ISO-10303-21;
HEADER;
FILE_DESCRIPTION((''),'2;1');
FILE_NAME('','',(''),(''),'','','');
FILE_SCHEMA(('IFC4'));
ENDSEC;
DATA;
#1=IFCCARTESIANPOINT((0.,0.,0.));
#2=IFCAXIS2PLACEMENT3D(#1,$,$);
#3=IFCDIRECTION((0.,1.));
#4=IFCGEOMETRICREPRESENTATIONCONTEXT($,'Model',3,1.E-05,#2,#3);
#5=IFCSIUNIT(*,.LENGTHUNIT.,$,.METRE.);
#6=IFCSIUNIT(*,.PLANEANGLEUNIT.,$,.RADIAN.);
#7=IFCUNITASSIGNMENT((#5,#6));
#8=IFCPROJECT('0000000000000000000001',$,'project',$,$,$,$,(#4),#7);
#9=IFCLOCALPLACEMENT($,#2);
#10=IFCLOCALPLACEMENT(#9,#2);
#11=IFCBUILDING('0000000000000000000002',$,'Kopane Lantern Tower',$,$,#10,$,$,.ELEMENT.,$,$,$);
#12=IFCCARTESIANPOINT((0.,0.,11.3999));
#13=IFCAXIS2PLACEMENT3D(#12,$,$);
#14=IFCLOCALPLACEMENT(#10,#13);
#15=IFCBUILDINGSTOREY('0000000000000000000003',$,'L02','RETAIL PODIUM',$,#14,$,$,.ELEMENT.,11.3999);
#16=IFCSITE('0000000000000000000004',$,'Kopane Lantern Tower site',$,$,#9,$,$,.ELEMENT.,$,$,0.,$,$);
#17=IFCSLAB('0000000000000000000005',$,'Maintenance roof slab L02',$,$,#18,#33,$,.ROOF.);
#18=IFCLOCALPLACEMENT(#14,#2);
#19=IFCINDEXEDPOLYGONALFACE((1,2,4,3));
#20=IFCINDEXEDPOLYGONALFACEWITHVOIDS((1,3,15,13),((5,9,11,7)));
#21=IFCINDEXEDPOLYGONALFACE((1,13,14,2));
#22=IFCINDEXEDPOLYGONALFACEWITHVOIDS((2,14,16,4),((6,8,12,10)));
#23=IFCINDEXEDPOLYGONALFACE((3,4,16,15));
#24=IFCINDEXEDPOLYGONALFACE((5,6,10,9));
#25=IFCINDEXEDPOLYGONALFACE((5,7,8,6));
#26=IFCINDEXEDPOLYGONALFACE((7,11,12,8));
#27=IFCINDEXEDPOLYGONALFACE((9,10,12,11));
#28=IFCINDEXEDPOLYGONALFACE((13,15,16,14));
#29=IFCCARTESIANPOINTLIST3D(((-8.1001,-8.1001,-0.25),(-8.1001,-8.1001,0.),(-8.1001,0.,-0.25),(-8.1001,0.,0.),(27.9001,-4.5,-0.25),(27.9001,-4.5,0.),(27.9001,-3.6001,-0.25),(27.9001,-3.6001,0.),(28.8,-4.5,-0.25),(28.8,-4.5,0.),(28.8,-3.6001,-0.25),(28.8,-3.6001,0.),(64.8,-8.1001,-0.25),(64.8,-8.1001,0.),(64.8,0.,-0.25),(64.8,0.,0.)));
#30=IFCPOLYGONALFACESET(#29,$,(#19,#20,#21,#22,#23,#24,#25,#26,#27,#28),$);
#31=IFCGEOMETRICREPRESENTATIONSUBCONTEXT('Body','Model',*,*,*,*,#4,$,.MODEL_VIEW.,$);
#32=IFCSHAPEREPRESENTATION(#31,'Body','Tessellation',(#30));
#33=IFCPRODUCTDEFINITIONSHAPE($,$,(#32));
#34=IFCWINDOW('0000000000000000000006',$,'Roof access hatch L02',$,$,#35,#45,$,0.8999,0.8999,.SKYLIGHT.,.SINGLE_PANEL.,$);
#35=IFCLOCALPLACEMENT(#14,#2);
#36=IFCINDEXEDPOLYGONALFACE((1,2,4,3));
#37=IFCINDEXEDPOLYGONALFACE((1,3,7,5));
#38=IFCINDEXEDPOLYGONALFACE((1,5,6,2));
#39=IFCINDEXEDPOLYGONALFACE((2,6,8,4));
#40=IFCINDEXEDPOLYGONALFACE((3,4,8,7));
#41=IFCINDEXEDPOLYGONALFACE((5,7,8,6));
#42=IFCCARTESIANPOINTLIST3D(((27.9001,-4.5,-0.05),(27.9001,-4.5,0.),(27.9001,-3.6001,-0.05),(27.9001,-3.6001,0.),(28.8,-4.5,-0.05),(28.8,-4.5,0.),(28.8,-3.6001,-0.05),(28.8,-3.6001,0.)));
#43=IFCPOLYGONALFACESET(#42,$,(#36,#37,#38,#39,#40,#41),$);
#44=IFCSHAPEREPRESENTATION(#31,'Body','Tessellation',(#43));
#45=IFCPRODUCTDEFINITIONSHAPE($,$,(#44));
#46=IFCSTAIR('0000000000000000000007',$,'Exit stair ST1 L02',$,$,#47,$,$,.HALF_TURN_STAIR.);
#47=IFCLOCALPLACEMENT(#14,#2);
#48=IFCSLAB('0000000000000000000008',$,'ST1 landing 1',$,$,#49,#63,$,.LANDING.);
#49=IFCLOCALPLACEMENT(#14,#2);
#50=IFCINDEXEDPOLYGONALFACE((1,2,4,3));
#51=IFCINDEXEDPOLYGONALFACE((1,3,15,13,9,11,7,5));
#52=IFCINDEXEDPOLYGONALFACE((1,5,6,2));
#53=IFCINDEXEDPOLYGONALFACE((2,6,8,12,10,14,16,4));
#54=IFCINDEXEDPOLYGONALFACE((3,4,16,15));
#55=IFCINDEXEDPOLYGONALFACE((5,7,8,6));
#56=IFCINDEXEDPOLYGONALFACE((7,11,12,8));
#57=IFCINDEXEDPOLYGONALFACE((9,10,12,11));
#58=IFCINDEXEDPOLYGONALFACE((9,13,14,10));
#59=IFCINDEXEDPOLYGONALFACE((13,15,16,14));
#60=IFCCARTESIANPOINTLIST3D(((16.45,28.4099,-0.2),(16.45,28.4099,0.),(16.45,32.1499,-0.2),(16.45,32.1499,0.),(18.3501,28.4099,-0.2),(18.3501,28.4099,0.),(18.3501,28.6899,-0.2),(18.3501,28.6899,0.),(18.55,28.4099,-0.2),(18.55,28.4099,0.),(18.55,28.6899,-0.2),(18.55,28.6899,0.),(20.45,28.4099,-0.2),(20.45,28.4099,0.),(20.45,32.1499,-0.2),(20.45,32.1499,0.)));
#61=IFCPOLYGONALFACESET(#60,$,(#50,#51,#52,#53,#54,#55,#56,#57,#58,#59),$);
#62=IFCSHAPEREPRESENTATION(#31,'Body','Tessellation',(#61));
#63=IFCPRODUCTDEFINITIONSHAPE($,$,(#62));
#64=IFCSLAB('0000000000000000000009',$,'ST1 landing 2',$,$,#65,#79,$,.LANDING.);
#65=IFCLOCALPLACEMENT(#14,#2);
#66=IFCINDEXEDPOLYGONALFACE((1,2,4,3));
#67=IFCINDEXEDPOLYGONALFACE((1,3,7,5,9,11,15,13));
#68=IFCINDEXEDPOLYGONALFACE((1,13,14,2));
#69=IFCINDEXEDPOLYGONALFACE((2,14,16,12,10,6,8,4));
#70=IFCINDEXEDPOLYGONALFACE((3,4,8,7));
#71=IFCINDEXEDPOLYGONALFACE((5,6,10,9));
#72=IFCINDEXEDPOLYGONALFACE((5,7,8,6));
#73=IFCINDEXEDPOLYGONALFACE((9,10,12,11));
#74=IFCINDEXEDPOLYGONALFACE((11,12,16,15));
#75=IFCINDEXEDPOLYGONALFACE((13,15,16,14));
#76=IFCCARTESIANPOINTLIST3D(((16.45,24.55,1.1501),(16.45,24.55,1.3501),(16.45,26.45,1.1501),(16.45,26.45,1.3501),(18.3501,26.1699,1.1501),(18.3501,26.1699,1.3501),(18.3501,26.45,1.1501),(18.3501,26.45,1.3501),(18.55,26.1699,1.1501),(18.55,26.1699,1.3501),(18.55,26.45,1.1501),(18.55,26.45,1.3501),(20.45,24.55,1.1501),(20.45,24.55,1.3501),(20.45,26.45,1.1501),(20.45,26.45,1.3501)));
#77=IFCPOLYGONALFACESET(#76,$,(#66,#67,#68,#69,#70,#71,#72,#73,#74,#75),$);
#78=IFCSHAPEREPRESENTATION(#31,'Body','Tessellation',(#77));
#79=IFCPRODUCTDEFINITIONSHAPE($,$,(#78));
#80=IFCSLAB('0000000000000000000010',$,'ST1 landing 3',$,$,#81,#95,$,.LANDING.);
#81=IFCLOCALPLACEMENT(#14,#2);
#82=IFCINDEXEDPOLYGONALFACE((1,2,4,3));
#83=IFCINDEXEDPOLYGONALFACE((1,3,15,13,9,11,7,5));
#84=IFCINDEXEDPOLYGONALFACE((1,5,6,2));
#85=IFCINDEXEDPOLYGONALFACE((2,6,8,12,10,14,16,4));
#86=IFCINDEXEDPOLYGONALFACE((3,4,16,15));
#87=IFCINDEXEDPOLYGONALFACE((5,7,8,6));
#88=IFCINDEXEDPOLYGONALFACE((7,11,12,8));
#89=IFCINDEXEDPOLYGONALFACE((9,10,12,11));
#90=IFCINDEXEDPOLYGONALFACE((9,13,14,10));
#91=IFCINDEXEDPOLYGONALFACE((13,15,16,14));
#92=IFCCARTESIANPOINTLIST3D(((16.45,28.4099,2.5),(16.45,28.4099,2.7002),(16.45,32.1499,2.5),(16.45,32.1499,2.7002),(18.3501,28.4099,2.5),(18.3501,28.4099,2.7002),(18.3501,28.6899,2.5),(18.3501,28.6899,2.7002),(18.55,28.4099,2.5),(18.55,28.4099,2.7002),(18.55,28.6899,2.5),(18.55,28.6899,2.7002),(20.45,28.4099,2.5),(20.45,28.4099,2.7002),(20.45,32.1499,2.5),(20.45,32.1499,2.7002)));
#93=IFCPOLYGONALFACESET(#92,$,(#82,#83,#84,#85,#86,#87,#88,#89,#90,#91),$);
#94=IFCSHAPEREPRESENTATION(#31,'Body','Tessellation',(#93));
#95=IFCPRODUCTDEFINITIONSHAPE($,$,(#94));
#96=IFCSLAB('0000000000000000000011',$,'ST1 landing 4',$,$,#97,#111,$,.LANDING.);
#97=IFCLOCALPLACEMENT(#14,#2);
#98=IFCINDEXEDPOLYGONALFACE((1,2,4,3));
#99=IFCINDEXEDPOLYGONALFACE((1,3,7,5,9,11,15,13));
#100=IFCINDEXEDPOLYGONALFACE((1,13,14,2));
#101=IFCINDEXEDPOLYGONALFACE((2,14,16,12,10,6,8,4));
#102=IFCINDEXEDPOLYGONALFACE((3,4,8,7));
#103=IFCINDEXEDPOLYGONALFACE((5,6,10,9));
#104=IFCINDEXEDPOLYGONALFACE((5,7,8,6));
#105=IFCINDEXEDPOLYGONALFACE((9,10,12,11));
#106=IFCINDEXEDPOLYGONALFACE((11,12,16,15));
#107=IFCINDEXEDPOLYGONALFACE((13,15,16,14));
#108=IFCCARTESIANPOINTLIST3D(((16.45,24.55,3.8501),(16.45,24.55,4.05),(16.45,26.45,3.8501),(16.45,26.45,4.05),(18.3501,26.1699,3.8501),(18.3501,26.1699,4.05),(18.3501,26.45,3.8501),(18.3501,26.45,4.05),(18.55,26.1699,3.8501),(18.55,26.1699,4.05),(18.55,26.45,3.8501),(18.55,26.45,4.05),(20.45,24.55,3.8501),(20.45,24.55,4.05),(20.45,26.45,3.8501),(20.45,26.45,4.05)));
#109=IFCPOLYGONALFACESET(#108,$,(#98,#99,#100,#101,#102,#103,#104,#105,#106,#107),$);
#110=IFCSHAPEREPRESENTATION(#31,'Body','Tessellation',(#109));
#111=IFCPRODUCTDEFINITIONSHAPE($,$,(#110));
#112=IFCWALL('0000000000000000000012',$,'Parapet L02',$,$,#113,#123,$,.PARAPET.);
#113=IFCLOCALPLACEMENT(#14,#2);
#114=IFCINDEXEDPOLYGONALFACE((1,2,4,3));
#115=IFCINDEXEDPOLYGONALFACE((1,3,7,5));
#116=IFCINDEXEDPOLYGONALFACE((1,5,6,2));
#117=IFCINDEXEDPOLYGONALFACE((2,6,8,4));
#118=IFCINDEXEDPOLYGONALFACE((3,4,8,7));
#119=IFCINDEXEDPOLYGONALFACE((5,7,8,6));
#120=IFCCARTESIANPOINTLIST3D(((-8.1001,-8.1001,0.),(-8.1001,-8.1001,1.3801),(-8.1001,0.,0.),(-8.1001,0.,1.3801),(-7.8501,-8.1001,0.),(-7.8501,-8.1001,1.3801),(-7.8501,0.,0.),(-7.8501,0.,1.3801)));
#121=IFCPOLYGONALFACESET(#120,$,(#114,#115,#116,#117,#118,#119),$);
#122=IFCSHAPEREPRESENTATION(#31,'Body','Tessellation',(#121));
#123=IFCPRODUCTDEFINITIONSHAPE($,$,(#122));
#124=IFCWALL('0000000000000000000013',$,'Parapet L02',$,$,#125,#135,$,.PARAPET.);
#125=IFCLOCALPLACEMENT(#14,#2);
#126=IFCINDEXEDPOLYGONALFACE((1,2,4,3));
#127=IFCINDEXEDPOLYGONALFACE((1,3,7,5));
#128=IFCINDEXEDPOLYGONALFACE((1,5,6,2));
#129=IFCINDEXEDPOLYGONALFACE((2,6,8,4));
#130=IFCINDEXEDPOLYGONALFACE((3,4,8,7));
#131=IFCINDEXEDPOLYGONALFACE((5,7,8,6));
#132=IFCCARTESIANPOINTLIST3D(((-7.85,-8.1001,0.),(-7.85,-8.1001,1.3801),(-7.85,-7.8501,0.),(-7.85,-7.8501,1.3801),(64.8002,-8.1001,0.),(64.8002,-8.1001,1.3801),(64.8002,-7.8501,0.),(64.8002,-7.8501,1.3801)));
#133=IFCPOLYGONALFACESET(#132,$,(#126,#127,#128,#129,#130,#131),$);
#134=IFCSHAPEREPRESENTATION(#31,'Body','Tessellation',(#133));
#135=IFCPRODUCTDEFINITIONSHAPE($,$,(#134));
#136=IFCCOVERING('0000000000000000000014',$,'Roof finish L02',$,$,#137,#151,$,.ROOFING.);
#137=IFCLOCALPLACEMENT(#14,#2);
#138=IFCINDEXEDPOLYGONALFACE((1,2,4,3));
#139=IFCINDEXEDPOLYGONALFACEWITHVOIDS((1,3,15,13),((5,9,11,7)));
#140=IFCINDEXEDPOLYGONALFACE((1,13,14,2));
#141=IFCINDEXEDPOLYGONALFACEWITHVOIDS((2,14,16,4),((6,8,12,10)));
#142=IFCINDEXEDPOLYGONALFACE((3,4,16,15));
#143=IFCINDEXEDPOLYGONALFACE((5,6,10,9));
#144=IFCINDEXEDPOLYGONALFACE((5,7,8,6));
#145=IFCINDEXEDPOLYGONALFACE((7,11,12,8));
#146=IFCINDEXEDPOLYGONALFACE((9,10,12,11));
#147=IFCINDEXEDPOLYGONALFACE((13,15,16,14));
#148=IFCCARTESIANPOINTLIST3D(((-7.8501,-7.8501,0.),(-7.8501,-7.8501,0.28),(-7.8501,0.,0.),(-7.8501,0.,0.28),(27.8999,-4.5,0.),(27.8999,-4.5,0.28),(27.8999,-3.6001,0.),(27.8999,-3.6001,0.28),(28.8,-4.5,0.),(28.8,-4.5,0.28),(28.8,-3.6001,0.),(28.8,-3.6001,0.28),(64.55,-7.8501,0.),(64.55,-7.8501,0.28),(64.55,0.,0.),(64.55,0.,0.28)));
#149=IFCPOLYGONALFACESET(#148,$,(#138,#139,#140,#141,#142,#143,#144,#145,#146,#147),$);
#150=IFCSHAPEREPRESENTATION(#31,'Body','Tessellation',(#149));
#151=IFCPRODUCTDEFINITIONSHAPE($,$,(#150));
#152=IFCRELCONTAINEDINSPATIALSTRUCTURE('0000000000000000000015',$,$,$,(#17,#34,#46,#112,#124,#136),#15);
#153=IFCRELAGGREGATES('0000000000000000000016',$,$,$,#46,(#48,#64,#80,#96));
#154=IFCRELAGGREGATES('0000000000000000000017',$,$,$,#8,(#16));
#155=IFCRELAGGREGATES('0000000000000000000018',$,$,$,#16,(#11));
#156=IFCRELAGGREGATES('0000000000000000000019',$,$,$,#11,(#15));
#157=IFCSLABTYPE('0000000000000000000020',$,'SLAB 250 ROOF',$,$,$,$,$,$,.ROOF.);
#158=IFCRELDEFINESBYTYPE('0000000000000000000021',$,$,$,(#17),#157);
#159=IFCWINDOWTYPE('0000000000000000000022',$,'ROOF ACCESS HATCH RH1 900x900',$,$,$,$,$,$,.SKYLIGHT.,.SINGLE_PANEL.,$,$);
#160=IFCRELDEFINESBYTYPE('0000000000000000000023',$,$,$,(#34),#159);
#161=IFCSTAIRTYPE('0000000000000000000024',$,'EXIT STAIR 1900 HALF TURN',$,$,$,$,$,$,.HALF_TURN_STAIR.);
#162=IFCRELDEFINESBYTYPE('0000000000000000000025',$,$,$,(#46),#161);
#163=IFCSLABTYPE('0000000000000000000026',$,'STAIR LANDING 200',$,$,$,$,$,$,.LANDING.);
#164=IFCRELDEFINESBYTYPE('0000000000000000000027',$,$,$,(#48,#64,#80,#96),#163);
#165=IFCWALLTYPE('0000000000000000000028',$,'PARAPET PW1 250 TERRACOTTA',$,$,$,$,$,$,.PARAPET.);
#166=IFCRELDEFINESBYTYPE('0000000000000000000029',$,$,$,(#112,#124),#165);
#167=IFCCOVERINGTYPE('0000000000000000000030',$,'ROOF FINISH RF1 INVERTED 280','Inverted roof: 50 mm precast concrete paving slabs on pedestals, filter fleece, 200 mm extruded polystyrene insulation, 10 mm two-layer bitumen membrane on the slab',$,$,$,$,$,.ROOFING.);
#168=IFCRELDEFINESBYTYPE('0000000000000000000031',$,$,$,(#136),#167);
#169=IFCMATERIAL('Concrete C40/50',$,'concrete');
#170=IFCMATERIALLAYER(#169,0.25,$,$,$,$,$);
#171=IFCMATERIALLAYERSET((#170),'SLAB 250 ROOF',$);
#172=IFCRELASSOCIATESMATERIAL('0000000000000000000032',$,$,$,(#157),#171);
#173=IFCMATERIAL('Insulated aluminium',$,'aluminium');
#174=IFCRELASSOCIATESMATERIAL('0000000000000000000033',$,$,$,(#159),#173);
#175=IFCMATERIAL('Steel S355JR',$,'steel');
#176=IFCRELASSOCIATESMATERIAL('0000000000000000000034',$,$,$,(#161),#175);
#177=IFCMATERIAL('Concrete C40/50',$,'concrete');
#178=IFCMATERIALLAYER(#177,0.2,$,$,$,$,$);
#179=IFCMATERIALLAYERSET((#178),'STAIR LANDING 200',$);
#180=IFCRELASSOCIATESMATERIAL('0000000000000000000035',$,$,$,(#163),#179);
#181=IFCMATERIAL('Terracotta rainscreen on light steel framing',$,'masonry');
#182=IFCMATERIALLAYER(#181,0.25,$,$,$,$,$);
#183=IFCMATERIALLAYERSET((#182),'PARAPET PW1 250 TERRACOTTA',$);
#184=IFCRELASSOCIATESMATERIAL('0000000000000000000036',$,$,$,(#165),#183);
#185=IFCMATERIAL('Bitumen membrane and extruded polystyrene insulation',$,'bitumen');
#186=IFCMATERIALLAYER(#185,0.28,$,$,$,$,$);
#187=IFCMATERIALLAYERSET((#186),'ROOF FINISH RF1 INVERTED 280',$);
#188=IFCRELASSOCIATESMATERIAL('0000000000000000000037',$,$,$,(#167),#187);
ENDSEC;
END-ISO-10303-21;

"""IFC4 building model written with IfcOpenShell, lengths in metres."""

from ifc_helpers import new_model, si_unit, direction, frame, frame_2d, origin, origin_2d, place, context, subcontext, project, spatial, polyline, rectangle, outline, extrude, material, layer, layer_set, type_object, element, fill, aggregate, save


model = new_model("IFC4")

# Units and contexts
model_context = context("Model", 3, precision=1e-05, world=origin(), true_north=direction((0.0, 1.0)))
body_context = subcontext(model_context, "Body", "Model", "MODEL_VIEW")
ifc_project = project(units=[si_unit("LENGTHUNIT", "METRE"), si_unit("PLANEANGLEUNIT", "RADIAN")], contexts=[model_context])

# Site, building, storey
site_placement = place(None, origin())
site = spatial("IfcSite", under=ifc_project, at=site_placement, Name="Kopane Lantern Tower site", CompositionType="ELEMENT", RefElevation=0.0)
building_placement = place(site_placement, origin())
building = spatial("IfcBuilding", under=site, at=building_placement, Name="Kopane Lantern Tower", CompositionType="ELEMENT")
storey_placement = place(building_placement, frame((0.0, 0.0, 11.3999)))
storey = spatial("IfcBuildingStorey", under=building, at=storey_placement, Name="L02", Description="RETAIL PODIUM", CompositionType="ELEMENT", Elevation=11.3999)

# Slab, opening, window
ifc_material_1 = material(Name="Concrete C40/50", Category="concrete")
ifc_layer_1 = layer(ifc_material_1, 0.25)
ifc_layer_set_1 = layer_set([ifc_layer_1], Name="SLAB 250 ROOF")
slab_type_1 = type_object("IfcSlabType", Name="SLAB 250 ROOF", PredefinedType="ROOF", material=ifc_layer_set_1)
slab_1_placement = place(storey_placement, frame((0.0, 0.0, -0.25)))
slab_1 = element("IfcSlab", 1, at=slab_1_placement, inside=storey, type_object=slab_type_1, Name="Maintenance roof slab L02", PredefinedType="ROOF", context=body_context, shape_type="SweptSolid", body=[
    extrude(outline(polyline([(64.8, -8.1001), (-8.1001, -8.1001), (-8.1001, 0.0), (64.8, 0.0), (64.8, -8.1001)])), origin(), (0.0, 0.0, 1.0), 0.25),
])
opening_placement = place(slab_1_placement, frame((28.3501, -4.05, 0.0)))
opening = element("IfcOpeningElement", 2, at=opening_placement, cuts=slab_1, PredefinedType="OPENING", context=body_context, shape_type="SweptSolid", body=[
    extrude(rectangle(XDim=0.8999, YDim=0.8999, at=origin_2d()), origin(), (0.0, 0.0, 1.0), 0.25),
])
ifc_material_2 = material(Name="Insulated aluminium", Category="aluminium")
window_type = type_object("IfcWindowType", Name="ROOF ACCESS HATCH RH1 900x900", PartitioningType="SINGLE_PANEL", PredefinedType="SKYLIGHT", material=ifc_material_2)
window_placement = place(opening_placement, frame((0.0, 0.0, 0.2)))
window = element("IfcWindow", 3, at=window_placement, inside=storey, type_object=window_type, Name="Roof access hatch L02", OverallHeight=0.8999, OverallWidth=0.8999, PartitioningType="SINGLE_PANEL", PredefinedType="SKYLIGHT", context=body_context, shape_type="SweptSolid", body=[
    extrude(rectangle(XDim=0.8999, YDim=0.8999, at=origin_2d()), origin(), (0.0, 0.0, 1.0), 0.05),
])
fill(opening, window)

# Stair, slabs
ifc_material_3 = material(Name="Steel S355JR", Category="steel")
stair_type = type_object("IfcStairType", Name="EXIT STAIR 1900 HALF TURN", PredefinedType="HALF_TURN_STAIR", material=ifc_material_3)
stair_placement = place(storey_placement, origin())
stair = element("IfcStair", 4, at=stair_placement, inside=storey, type_object=stair_type, Name="Exit stair ST1 L02", PredefinedType="HALF_TURN_STAIR")
ifc_material_4 = material(Name="Concrete C40/50", Category="concrete")
ifc_layer_2 = layer(ifc_material_4, 0.2)
ifc_layer_set_2 = layer_set([ifc_layer_2], Name="STAIR LANDING 200")
slab_type_2 = type_object("IfcSlabType", Name="STAIR LANDING 200", PredefinedType="LANDING", material=ifc_layer_set_2)
slab_2_placement = place(storey_placement, frame((0.0, 0.0, -0.2)))
slab_2 = element("IfcSlab", 5, at=slab_2_placement, type_object=slab_type_2, Name="ST1 landing 1", PredefinedType="LANDING", context=body_context, shape_type="SweptSolid", body=[
    extrude(outline(polyline([(18.3501, 28.6899), (18.55, 28.6899), (18.55, 28.4099), (20.45, 28.4099), (20.45, 32.1499), (16.45, 32.1499), (16.45, 28.4099), (18.3501, 28.4099), (18.3501, 28.6899)])), origin(), (0.0, 0.0, 1.0), 0.2),
])
slab_3_placement = place(storey_placement, frame((0.0, 0.0, 1.1501)))
slab_3 = element("IfcSlab", 6, at=slab_3_placement, type_object=slab_type_2, Name="ST1 landing 2", PredefinedType="LANDING", context=body_context, shape_type="SweptSolid", body=[
    extrude(outline(polyline([(20.45, 26.45), (18.55, 26.45), (18.55, 26.1699), (18.3501, 26.1699), (18.3501, 26.45), (16.45, 26.45), (16.45, 24.55), (20.45, 24.55), (20.45, 26.45)])), origin(), (0.0, 0.0, 1.0), 0.2),
])
slab_4_placement = place(storey_placement, frame((0.0, 0.0, 2.5)))
slab_4 = element("IfcSlab", 7, at=slab_4_placement, type_object=slab_type_2, Name="ST1 landing 3", PredefinedType="LANDING", context=body_context, shape_type="SweptSolid", body=[
    extrude(outline(polyline([(18.3501, 28.6899), (18.55, 28.6899), (18.55, 28.4099), (20.45, 28.4099), (20.45, 32.1499), (16.45, 32.1499), (16.45, 28.4099), (18.3501, 28.4099), (18.3501, 28.6899)])), origin(), (0.0, 0.0, 1.0), 0.2002),
])
slab_5_placement = place(storey_placement, frame((0.0, 0.0, 3.8501)))
slab_5 = element("IfcSlab", 8, at=slab_5_placement, type_object=slab_type_2, Name="ST1 landing 4", PredefinedType="LANDING", context=body_context, shape_type="SweptSolid", body=[
    extrude(outline(polyline([(20.45, 26.45), (18.55, 26.45), (18.55, 26.1699), (18.3501, 26.1699), (18.3501, 26.45), (16.45, 26.45), (16.45, 24.55), (20.45, 24.55), (20.45, 26.45)])), origin(), (0.0, 0.0, 1.0), 0.2),
])
aggregate(stair, [slab_2, slab_3, slab_4, slab_5])

# Walls
ifc_material_5 = material(Name="Terracotta rainscreen on light steel framing", Category="masonry")
ifc_layer_3 = layer(ifc_material_5, 0.25)
ifc_layer_set_3 = layer_set([ifc_layer_3], Name="PARAPET PW1 250 TERRACOTTA")
wall_type = type_object("IfcWallType", Name="PARAPET PW1 250 TERRACOTTA", PredefinedType="PARAPET", material=ifc_layer_set_3)
wall_1_placement = place(storey_placement, frame((-7.9751, 0.0, 0.0), z_axis=(0.0, 0.0, 1.0), x_axis=(0.0, -1.0, 0.0)))
element("IfcWall", 9, at=wall_1_placement, inside=storey, type_object=wall_type, Name="Parapet L02", PredefinedType="PARAPET", context=body_context, shape_type="SweptSolid", body=[
    extrude(rectangle(XDim=8.1001, YDim=0.25, at=frame_2d((4.05, 0.0))), origin(), (0.0, 0.0, 1.0), 1.3801),
])
wall_2_placement = place(storey_placement, frame((-7.8501, -7.9751, 0.0), z_axis=(0.0, 0.0, 1.0), x_axis=(1.0, 0.0, 0.0)))
element("IfcWall", 10, at=wall_2_placement, inside=storey, type_object=wall_type, Name="Parapet L02", PredefinedType="PARAPET", context=body_context, shape_type="SweptSolid", body=[
    extrude(rectangle(XDim=72.6501, YDim=0.25, at=frame_2d((36.3252, 0.0))), origin(), (0.0, 0.0, 1.0), 1.3801),
])

# Covering
ifc_material_6 = material(Name="Bitumen membrane and extruded polystyrene insulation", Category="bitumen")
ifc_layer_4 = layer(ifc_material_6, 0.28)
ifc_layer_set_4 = layer_set([ifc_layer_4], Name="ROOF FINISH RF1 INVERTED 280")
covering_type = type_object("IfcCoveringType", Name="ROOF FINISH RF1 INVERTED 280", Description="Inverted roof: 50 mm precast concrete paving slabs on pedestals, filter fleece, 200 mm extruded polystyrene insulation, 10 mm two-layer bitumen membrane on the slab", PredefinedType="ROOFING", material=ifc_layer_set_4)
covering_placement = place(storey_placement, origin())
element("IfcCovering", 11, at=covering_placement, inside=storey, type_object=covering_type, Name="Roof finish L02", PredefinedType="ROOFING", context=body_context, shape_type="SweptSolid", body=[
    extrude(outline(polyline([(64.55, 0.0), (-7.8501, 0.0), (-7.8501, -7.8501), (64.55, -7.8501), (64.55, 0.0)]), holes=[polyline([(27.8999, -4.5), (27.8999, -3.6001), (28.8, -3.6001), (28.8, -4.5), (27.8999, -4.5)])]), origin(), (0.0, 0.0, 1.0), 0.28),
])

save(model, "model.ifc")
